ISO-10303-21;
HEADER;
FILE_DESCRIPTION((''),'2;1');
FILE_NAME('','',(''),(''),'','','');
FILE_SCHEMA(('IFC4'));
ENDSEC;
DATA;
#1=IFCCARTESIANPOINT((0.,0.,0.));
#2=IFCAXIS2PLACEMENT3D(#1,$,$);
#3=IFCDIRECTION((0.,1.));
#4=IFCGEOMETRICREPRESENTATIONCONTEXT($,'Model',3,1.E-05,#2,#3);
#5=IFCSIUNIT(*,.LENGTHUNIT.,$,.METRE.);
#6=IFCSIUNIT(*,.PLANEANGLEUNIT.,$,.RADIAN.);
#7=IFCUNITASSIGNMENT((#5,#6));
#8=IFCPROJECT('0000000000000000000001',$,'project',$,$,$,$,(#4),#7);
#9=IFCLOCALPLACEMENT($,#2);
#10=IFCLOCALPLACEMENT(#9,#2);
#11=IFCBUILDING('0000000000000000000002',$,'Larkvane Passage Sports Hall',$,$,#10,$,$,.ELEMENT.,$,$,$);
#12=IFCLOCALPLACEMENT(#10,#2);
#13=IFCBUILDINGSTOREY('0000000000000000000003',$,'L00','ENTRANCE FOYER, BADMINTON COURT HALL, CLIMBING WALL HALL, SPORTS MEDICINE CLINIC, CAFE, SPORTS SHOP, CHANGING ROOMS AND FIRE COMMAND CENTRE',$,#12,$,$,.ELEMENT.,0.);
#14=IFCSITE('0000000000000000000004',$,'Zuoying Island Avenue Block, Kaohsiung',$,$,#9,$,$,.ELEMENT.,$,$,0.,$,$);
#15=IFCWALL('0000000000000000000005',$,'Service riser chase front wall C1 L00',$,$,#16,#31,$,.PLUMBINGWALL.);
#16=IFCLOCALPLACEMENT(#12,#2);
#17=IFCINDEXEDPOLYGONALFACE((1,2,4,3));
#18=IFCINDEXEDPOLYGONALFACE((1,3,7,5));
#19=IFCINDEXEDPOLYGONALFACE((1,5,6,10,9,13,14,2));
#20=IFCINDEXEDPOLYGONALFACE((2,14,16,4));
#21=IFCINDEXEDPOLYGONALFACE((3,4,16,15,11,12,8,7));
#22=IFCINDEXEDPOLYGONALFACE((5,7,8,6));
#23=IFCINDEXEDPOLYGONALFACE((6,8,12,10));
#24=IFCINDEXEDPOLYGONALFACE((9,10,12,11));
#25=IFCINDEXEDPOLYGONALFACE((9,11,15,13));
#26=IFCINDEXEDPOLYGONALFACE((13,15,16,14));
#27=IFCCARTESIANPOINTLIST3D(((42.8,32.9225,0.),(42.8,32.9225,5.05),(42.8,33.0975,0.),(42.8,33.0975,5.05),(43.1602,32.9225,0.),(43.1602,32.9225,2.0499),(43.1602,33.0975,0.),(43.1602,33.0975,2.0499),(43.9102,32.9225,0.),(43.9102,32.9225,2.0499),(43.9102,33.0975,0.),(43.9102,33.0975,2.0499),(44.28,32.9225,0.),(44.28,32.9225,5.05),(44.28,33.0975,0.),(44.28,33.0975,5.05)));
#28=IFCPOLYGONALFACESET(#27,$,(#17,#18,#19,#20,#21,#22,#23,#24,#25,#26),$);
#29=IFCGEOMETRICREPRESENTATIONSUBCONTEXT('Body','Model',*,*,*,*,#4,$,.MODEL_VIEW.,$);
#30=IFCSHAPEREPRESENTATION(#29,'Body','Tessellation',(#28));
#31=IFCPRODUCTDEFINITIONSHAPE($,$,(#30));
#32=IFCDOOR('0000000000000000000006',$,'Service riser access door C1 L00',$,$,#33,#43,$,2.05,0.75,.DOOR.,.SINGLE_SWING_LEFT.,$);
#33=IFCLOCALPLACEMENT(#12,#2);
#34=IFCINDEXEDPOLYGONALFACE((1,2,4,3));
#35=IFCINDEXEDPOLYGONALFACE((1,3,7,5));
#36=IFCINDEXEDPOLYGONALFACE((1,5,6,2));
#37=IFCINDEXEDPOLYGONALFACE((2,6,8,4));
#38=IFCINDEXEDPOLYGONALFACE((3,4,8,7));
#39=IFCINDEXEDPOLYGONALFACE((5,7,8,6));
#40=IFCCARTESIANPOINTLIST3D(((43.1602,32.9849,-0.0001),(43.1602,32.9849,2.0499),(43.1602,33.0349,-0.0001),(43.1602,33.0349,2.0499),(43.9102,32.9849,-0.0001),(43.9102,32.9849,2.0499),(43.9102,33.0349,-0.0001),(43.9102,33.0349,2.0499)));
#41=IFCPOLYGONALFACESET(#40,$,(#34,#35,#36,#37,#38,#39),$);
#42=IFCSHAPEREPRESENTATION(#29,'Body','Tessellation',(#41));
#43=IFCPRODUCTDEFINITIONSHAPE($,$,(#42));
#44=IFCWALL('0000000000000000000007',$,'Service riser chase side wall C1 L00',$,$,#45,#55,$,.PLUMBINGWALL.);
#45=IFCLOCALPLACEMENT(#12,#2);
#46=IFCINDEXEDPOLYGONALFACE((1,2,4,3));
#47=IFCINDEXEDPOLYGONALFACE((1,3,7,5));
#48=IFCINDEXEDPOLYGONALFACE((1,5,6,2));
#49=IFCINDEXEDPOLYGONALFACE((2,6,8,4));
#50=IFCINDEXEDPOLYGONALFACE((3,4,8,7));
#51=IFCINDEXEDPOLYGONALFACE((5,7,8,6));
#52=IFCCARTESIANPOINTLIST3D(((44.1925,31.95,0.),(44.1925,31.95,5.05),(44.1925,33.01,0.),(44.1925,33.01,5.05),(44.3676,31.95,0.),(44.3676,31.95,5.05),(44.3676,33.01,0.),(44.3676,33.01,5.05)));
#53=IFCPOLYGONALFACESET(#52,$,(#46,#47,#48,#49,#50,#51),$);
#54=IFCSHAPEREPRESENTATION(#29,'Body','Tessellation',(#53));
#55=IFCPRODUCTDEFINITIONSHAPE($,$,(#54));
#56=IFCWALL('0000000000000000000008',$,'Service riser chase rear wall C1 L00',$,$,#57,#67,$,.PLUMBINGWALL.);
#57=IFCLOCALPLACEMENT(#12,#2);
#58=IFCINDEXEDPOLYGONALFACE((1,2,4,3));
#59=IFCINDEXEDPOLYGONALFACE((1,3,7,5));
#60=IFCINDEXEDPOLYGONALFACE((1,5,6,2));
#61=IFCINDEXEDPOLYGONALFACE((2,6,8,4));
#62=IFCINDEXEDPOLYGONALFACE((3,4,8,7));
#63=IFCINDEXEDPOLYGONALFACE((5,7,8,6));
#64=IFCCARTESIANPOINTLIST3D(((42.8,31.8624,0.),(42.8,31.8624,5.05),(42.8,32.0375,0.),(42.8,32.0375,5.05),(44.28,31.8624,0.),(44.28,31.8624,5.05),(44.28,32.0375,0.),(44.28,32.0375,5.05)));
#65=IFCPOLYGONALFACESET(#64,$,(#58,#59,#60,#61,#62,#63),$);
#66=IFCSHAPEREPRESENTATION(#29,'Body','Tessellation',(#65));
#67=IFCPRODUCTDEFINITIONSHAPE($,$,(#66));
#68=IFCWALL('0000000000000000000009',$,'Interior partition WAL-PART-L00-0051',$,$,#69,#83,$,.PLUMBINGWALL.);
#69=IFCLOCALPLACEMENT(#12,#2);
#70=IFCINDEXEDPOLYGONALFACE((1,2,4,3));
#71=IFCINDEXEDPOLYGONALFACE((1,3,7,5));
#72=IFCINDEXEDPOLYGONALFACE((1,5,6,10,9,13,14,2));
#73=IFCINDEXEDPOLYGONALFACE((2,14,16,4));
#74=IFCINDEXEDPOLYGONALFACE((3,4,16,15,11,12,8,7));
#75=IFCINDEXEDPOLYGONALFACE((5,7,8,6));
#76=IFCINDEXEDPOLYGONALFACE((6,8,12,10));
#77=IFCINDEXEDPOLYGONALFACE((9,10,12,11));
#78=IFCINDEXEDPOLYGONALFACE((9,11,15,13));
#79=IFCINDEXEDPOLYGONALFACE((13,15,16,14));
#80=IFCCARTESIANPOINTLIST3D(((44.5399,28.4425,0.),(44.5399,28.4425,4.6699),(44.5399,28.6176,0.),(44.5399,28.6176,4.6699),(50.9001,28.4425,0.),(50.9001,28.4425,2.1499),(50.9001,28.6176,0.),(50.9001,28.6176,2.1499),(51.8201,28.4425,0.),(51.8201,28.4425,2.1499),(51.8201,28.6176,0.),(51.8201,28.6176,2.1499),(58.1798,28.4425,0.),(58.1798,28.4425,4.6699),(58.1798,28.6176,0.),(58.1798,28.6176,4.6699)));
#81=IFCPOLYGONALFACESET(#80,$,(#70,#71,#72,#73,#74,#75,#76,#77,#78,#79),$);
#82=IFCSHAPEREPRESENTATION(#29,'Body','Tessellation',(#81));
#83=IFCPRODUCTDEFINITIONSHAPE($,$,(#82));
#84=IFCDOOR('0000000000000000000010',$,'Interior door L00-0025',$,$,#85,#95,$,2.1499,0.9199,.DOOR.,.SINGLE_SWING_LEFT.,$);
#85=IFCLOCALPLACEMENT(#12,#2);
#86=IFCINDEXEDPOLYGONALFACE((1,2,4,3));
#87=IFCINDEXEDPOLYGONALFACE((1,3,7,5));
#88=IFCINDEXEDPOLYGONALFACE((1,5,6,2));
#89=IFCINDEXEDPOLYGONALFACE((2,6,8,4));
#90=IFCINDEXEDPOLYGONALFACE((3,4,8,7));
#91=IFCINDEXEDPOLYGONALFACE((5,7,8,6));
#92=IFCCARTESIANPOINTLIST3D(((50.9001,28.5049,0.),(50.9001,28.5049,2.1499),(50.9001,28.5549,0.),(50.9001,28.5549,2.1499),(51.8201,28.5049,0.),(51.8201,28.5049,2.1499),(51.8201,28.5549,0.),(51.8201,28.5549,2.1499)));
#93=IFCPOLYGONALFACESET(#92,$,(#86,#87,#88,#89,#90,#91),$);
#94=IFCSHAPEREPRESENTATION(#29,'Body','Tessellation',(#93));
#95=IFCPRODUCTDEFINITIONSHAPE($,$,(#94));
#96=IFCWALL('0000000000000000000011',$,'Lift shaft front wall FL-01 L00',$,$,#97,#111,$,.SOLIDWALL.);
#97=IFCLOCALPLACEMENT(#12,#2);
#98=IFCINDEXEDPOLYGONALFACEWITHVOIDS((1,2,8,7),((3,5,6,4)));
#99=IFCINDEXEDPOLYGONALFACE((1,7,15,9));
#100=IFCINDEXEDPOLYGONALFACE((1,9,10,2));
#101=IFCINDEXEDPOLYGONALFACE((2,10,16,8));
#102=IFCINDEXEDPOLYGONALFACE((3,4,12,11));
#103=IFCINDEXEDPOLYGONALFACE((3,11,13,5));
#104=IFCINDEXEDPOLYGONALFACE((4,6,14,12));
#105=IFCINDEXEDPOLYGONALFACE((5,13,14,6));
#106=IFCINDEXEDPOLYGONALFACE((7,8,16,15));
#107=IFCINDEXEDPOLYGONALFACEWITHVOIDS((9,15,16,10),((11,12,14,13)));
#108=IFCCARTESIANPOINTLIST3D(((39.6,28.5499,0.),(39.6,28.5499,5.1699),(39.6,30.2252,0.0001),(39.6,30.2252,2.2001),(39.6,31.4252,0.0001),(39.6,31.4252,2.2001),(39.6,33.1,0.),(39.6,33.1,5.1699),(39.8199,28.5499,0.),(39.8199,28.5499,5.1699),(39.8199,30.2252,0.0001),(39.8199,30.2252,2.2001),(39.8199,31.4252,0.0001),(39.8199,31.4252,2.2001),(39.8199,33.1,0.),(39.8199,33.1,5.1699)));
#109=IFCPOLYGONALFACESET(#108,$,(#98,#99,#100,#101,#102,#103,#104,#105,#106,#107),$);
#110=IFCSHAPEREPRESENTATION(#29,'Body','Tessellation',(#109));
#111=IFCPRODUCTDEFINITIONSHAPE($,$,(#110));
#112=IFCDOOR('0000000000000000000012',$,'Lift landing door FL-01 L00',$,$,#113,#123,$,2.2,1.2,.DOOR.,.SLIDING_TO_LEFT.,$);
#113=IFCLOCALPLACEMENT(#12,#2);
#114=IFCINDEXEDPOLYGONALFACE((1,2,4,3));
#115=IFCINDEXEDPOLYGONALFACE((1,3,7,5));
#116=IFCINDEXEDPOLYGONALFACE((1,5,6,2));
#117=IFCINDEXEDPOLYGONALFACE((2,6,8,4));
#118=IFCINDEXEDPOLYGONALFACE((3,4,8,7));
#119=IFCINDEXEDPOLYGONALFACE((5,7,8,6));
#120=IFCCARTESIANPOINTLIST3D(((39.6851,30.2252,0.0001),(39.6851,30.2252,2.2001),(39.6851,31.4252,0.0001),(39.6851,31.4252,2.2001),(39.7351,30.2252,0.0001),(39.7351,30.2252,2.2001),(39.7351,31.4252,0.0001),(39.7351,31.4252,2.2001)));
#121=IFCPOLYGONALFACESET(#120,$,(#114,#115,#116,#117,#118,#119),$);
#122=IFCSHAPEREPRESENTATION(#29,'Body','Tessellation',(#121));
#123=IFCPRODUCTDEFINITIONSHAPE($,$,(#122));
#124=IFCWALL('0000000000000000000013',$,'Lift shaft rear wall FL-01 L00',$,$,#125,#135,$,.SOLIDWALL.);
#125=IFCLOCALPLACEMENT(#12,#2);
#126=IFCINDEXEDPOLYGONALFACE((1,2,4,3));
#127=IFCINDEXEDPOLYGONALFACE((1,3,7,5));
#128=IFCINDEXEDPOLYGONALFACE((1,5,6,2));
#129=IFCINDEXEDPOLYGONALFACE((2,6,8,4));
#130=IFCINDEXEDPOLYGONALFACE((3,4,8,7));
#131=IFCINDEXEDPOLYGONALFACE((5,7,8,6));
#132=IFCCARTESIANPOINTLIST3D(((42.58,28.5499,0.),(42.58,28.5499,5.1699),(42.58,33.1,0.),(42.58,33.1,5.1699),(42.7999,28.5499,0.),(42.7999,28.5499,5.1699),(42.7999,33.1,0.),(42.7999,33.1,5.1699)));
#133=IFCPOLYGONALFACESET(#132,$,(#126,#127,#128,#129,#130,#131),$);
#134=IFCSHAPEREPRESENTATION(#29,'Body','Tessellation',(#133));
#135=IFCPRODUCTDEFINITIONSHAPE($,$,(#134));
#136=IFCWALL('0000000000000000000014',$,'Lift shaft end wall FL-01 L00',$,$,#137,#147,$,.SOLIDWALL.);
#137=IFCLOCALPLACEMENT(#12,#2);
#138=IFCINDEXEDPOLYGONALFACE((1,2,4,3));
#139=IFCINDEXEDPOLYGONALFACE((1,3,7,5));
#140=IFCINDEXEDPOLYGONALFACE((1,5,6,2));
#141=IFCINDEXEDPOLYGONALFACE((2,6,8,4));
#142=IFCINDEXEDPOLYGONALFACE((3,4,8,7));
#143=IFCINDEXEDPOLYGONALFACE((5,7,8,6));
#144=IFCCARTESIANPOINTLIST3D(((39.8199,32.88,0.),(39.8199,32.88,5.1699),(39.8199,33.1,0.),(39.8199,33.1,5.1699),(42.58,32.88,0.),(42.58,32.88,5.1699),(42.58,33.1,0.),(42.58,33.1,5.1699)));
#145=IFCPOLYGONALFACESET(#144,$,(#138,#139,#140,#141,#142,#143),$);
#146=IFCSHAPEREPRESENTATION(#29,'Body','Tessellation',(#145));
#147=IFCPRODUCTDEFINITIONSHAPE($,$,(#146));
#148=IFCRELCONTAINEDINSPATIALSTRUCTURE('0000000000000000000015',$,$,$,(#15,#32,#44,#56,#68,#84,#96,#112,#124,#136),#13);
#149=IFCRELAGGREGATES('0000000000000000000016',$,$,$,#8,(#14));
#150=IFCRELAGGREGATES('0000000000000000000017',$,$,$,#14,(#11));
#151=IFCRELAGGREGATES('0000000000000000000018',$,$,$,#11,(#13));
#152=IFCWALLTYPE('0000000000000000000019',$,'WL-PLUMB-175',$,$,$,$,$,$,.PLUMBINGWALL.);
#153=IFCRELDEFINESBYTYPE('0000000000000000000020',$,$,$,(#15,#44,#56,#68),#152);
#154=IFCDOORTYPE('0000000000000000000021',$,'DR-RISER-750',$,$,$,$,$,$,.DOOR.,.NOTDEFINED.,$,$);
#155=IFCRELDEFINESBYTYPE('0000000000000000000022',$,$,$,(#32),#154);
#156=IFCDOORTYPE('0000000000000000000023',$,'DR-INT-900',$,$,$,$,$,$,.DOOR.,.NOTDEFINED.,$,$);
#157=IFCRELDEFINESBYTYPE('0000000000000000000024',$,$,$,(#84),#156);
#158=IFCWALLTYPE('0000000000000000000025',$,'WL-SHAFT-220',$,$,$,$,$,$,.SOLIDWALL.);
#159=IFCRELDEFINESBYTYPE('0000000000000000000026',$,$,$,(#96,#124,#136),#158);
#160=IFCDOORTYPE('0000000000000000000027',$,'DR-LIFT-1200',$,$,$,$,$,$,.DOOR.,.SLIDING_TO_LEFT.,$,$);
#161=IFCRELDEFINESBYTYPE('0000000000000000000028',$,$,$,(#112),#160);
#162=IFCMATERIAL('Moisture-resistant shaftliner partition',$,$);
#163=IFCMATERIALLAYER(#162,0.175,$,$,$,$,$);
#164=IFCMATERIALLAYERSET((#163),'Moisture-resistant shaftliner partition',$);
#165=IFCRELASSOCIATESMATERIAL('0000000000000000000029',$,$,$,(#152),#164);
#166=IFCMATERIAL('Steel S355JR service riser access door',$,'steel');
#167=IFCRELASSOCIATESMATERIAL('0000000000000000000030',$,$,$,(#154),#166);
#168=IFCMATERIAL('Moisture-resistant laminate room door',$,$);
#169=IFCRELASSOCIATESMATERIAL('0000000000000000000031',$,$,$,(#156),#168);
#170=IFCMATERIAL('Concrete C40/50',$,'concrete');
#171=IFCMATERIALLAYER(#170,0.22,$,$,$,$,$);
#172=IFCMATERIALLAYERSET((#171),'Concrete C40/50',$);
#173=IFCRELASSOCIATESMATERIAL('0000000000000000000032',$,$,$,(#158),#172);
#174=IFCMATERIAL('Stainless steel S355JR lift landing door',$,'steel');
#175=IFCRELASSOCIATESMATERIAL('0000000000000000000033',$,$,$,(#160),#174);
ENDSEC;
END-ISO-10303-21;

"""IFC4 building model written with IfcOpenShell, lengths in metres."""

from ifc_helpers import new_model, si_unit, direction, frame, frame_2d, origin, place, context, subcontext, project, spatial, rectangle, extrude, material, layer, layer_set, type_object, element, fill, save


model = new_model("IFC4")

# Units and contexts
model_context = context("Model", 3, precision=1e-05, world=origin(), true_north=direction((0.0, 1.0)))
body_context = subcontext(model_context, "Body", "Model", "MODEL_VIEW")
ifc_project = project(units=[si_unit("LENGTHUNIT", "METRE"), si_unit("PLANEANGLEUNIT", "RADIAN")], contexts=[model_context])

# Site, building, storey
site_placement = place(None, origin())
site = spatial("IfcSite", under=ifc_project, at=site_placement, Name="Zuoying Island Avenue Block, Kaohsiung", CompositionType="ELEMENT", RefElevation=0.0)
building_placement = place(site_placement, origin())
building = spatial("IfcBuilding", under=site, at=building_placement, Name="Larkvane Passage Sports Hall", CompositionType="ELEMENT")
storey_placement = place(building_placement, origin())
storey = spatial("IfcBuildingStorey", under=building, at=storey_placement, Name="L00", Description="ENTRANCE FOYER, BADMINTON COURT HALL, CLIMBING WALL HALL, SPORTS MEDICINE CLINIC, CAFE, SPORTS SHOP, CHANGING ROOMS AND FIRE COMMAND CENTRE", CompositionType="ELEMENT", Elevation=0.0)

# Shared definitions
ifc_material_1 = material(Name="Concrete C40/50", Category="concrete")

# Wall, opening, door
ifc_material_2 = material(Name="Moisture-resistant shaftliner partition")
ifc_layer_1 = layer(ifc_material_2, 0.175)
ifc_layer_set_1 = layer_set([ifc_layer_1], Name="Moisture-resistant shaftliner partition")
wall_type_1 = type_object("IfcWallType", Name="WL-PLUMB-175", PredefinedType="PLUMBINGWALL", material=ifc_layer_set_1)
wall_1_placement = place(storey_placement, frame((42.8, 33.01, 0.0), z_axis=(0.0, 0.0, 1.0), x_axis=(1.0, 0.0, 0.0)))
wall_1 = element("IfcWall", 1, at=wall_1_placement, inside=storey, type_object=wall_type_1, Name="Service riser chase front wall C1 L00", PredefinedType="PLUMBINGWALL", context=body_context, shape_type="SweptSolid", body=[
    extrude(rectangle(XDim=1.48, YDim=0.175, at=frame_2d((0.74, 0.0))), origin(), (0.0, 0.0, 1.0), 5.05),
])
opening_1_placement = place(wall_1_placement, frame((0.3601, 0.0, 0.0)))
opening_1 = element("IfcOpeningElement", 2, at=opening_1_placement, cuts=wall_1, PredefinedType="OPENING", context=body_context, shape_type="SweptSolid", body=[
    extrude(rectangle(XDim=0.75, YDim=2.05, at=frame_2d((0.375, 1.0249))), frame((0.0, 0.0974, 0.0), z_axis=(0.0, -1.0, 0.0), x_axis=(1.0, 0.0, 0.0)), (0.0, 0.0, 1.0), 0.1951),
])
ifc_material_3 = material(Name="Steel S355JR service riser access door", Category="steel")
door_type_1 = type_object("IfcDoorType", Name="DR-RISER-750", OperationType="NOTDEFINED", PredefinedType="DOOR", material=ifc_material_3)
door_1_placement = place(opening_1_placement, origin())
door_1 = element("IfcDoor", 3, at=door_1_placement, inside=storey, type_object=door_type_1, Name="Service riser access door C1 L00", OperationType="SINGLE_SWING_LEFT", OverallHeight=2.05, OverallWidth=0.75, PredefinedType="DOOR", context=body_context, shape_type="SweptSolid", body=[
    extrude(rectangle(XDim=0.75, YDim=2.05, at=frame_2d((0.375, 1.0249))), frame((0.0, 0.0249, 0.0), z_axis=(0.0, -1.0, 0.0), x_axis=(1.0, 0.0, 0.0)), (0.0, 0.0, 1.0), 0.05),
])
fill(opening_1, door_1)

# Walls
wall_2_placement = place(storey_placement, frame((44.28, 31.95, 0.0), z_axis=(0.0, 0.0, 1.0), x_axis=(0.0, 1.0, 0.0)))
element("IfcWall", 4, at=wall_2_placement, inside=storey, type_object=wall_type_1, Name="Service riser chase side wall C1 L00", PredefinedType="PLUMBINGWALL", context=body_context, shape_type="SweptSolid", body=[
    extrude(rectangle(XDim=1.0601, YDim=0.175, at=frame_2d((0.53, 0.0))), origin(), (0.0, 0.0, 1.0), 5.05),
])
wall_3_placement = place(storey_placement, frame((42.8, 31.95, 0.0), z_axis=(0.0, 0.0, 1.0), x_axis=(1.0, 0.0, 0.0)))
element("IfcWall", 5, at=wall_3_placement, inside=storey, type_object=wall_type_1, Name="Service riser chase rear wall C1 L00", PredefinedType="PLUMBINGWALL", context=body_context, shape_type="SweptSolid", body=[
    extrude(rectangle(XDim=1.48, YDim=0.175, at=frame_2d((0.74, 0.0))), origin(), (0.0, 0.0, 1.0), 5.05),
])

# Walls, openings, doors
wall_4_placement = place(storey_placement, frame((44.54, 28.53, 0.0), z_axis=(0.0, 0.0, 1.0), x_axis=(1.0, 0.0, 0.0)))
wall_4 = element("IfcWall", 6, at=wall_4_placement, inside=storey, type_object=wall_type_1, Name="Interior partition WAL-PART-L00-0051", PredefinedType="PLUMBINGWALL", context=body_context, shape_type="SweptSolid", body=[
    extrude(rectangle(XDim=13.6399, YDim=0.175, at=frame_2d((6.8198, 0.0))), origin(), (0.0, 0.0, 1.0), 4.6699),
])
opening_2_placement = place(wall_4_placement, frame((6.3601, 0.0, 0.0)))
opening_2 = element("IfcOpeningElement", 7, at=opening_2_placement, cuts=wall_4, PredefinedType="OPENING", context=body_context, shape_type="SweptSolid", body=[
    extrude(rectangle(XDim=0.9199, YDim=2.1499, at=frame_2d((0.46, 1.075))), frame((0.0, 0.0974, 0.0), z_axis=(0.0, -1.0, 0.0), x_axis=(1.0, 0.0, 0.0)), (0.0, 0.0, 1.0), 0.1951),
])
ifc_material_4 = material(Name="Moisture-resistant laminate room door")
door_type_2 = type_object("IfcDoorType", Name="DR-INT-900", OperationType="NOTDEFINED", PredefinedType="DOOR", material=ifc_material_4)
door_2_placement = place(opening_2_placement, origin())
door_2 = element("IfcDoor", 8, at=door_2_placement, inside=storey, type_object=door_type_2, Name="Interior door L00-0025", OperationType="SINGLE_SWING_LEFT", OverallHeight=2.1499, OverallWidth=0.9199, PredefinedType="DOOR", context=body_context, shape_type="SweptSolid", body=[
    extrude(rectangle(XDim=0.9199, YDim=2.1499, at=frame_2d((0.46, 1.075))), frame((0.0, 0.0249, 0.0), z_axis=(0.0, -1.0, 0.0), x_axis=(1.0, 0.0, 0.0)), (0.0, 0.0, 1.0), 0.05),
])
fill(opening_2, door_2)
ifc_layer_2 = layer(ifc_material_1, 0.22)
ifc_layer_set_2 = layer_set([ifc_layer_2], Name="Concrete C40/50")
wall_type_2 = type_object("IfcWallType", Name="WL-SHAFT-220", PredefinedType="SOLIDWALL", material=ifc_layer_set_2)
wall_5_placement = place(storey_placement, frame((39.71, 28.55, 0.0), z_axis=(0.0, 0.0, 1.0), x_axis=(0.0, 1.0, 0.0)))
wall_5 = element("IfcWall", 9, at=wall_5_placement, inside=storey, type_object=wall_type_2, Name="Lift shaft front wall FL-01 L00", PredefinedType="SOLIDWALL", context=body_context, shape_type="SweptSolid", body=[
    extrude(rectangle(XDim=4.55, YDim=0.22, at=frame_2d((2.2749, 0.0))), origin(), (0.0, 0.0, 1.0), 5.1699),
])
opening_3_placement = place(wall_5_placement, frame((1.675, 0.0, 0.0)))
opening_3 = element("IfcOpeningElement", 10, at=opening_3_placement, cuts=wall_5, PredefinedType="OPENING", context=body_context, shape_type="SweptSolid", body=[
    extrude(rectangle(XDim=1.2, YDim=2.2, at=frame_2d((0.6001, 1.1001))), frame((0.0, 0.1199, 0.0), z_axis=(0.0, -1.0, 0.0), x_axis=(1.0, 0.0, 0.0)), (0.0, 0.0, 1.0), 0.24),
])
ifc_material_5 = material(Name="Stainless steel S355JR lift landing door", Category="steel")
door_type_3 = type_object("IfcDoorType", Name="DR-LIFT-1200", OperationType="SLIDING_TO_LEFT", PredefinedType="DOOR", material=ifc_material_5)
door_3_placement = place(opening_3_placement, origin())
door_3 = element("IfcDoor", 11, at=door_3_placement, inside=storey, type_object=door_type_3, Name="Lift landing door FL-01 L00", OperationType="SLIDING_TO_LEFT", OverallHeight=2.2, OverallWidth=1.2, PredefinedType="DOOR", context=body_context, shape_type="SweptSolid", body=[
    extrude(rectangle(XDim=1.2, YDim=2.2, at=frame_2d((0.6001, 1.1001))), frame((0.0, 0.0249, 0.0), z_axis=(0.0, -1.0, 0.0), x_axis=(1.0, 0.0, 0.0)), (0.0, 0.0, 1.0), 0.05),
])
fill(opening_3, door_3)

# Walls
wall_6_placement = place(storey_placement, frame((42.6899, 28.55, 0.0), z_axis=(0.0, 0.0, 1.0), x_axis=(0.0, 1.0, 0.0)))
element("IfcWall", 12, at=wall_6_placement, inside=storey, type_object=wall_type_2, Name="Lift shaft rear wall FL-01 L00", PredefinedType="SOLIDWALL", context=body_context, shape_type="SweptSolid", body=[
    extrude(rectangle(XDim=4.55, YDim=0.22, at=frame_2d((2.2749, 0.0))), origin(), (0.0, 0.0, 1.0), 5.1699),
])
wall_7_placement = place(storey_placement, frame((39.8201, 32.99, 0.0), z_axis=(0.0, 0.0, 1.0), x_axis=(1.0, 0.0, 0.0)))
element("IfcWall", 13, at=wall_7_placement, inside=storey, type_object=wall_type_2, Name="Lift shaft end wall FL-01 L00", PredefinedType="SOLIDWALL", context=body_context, shape_type="SweptSolid", body=[
    extrude(rectangle(XDim=2.76, YDim=0.22, at=frame_2d((1.3799, 0.0))), origin(), (0.0, 0.0, 1.0), 5.1699),
])

save(model, "model.ifc")
